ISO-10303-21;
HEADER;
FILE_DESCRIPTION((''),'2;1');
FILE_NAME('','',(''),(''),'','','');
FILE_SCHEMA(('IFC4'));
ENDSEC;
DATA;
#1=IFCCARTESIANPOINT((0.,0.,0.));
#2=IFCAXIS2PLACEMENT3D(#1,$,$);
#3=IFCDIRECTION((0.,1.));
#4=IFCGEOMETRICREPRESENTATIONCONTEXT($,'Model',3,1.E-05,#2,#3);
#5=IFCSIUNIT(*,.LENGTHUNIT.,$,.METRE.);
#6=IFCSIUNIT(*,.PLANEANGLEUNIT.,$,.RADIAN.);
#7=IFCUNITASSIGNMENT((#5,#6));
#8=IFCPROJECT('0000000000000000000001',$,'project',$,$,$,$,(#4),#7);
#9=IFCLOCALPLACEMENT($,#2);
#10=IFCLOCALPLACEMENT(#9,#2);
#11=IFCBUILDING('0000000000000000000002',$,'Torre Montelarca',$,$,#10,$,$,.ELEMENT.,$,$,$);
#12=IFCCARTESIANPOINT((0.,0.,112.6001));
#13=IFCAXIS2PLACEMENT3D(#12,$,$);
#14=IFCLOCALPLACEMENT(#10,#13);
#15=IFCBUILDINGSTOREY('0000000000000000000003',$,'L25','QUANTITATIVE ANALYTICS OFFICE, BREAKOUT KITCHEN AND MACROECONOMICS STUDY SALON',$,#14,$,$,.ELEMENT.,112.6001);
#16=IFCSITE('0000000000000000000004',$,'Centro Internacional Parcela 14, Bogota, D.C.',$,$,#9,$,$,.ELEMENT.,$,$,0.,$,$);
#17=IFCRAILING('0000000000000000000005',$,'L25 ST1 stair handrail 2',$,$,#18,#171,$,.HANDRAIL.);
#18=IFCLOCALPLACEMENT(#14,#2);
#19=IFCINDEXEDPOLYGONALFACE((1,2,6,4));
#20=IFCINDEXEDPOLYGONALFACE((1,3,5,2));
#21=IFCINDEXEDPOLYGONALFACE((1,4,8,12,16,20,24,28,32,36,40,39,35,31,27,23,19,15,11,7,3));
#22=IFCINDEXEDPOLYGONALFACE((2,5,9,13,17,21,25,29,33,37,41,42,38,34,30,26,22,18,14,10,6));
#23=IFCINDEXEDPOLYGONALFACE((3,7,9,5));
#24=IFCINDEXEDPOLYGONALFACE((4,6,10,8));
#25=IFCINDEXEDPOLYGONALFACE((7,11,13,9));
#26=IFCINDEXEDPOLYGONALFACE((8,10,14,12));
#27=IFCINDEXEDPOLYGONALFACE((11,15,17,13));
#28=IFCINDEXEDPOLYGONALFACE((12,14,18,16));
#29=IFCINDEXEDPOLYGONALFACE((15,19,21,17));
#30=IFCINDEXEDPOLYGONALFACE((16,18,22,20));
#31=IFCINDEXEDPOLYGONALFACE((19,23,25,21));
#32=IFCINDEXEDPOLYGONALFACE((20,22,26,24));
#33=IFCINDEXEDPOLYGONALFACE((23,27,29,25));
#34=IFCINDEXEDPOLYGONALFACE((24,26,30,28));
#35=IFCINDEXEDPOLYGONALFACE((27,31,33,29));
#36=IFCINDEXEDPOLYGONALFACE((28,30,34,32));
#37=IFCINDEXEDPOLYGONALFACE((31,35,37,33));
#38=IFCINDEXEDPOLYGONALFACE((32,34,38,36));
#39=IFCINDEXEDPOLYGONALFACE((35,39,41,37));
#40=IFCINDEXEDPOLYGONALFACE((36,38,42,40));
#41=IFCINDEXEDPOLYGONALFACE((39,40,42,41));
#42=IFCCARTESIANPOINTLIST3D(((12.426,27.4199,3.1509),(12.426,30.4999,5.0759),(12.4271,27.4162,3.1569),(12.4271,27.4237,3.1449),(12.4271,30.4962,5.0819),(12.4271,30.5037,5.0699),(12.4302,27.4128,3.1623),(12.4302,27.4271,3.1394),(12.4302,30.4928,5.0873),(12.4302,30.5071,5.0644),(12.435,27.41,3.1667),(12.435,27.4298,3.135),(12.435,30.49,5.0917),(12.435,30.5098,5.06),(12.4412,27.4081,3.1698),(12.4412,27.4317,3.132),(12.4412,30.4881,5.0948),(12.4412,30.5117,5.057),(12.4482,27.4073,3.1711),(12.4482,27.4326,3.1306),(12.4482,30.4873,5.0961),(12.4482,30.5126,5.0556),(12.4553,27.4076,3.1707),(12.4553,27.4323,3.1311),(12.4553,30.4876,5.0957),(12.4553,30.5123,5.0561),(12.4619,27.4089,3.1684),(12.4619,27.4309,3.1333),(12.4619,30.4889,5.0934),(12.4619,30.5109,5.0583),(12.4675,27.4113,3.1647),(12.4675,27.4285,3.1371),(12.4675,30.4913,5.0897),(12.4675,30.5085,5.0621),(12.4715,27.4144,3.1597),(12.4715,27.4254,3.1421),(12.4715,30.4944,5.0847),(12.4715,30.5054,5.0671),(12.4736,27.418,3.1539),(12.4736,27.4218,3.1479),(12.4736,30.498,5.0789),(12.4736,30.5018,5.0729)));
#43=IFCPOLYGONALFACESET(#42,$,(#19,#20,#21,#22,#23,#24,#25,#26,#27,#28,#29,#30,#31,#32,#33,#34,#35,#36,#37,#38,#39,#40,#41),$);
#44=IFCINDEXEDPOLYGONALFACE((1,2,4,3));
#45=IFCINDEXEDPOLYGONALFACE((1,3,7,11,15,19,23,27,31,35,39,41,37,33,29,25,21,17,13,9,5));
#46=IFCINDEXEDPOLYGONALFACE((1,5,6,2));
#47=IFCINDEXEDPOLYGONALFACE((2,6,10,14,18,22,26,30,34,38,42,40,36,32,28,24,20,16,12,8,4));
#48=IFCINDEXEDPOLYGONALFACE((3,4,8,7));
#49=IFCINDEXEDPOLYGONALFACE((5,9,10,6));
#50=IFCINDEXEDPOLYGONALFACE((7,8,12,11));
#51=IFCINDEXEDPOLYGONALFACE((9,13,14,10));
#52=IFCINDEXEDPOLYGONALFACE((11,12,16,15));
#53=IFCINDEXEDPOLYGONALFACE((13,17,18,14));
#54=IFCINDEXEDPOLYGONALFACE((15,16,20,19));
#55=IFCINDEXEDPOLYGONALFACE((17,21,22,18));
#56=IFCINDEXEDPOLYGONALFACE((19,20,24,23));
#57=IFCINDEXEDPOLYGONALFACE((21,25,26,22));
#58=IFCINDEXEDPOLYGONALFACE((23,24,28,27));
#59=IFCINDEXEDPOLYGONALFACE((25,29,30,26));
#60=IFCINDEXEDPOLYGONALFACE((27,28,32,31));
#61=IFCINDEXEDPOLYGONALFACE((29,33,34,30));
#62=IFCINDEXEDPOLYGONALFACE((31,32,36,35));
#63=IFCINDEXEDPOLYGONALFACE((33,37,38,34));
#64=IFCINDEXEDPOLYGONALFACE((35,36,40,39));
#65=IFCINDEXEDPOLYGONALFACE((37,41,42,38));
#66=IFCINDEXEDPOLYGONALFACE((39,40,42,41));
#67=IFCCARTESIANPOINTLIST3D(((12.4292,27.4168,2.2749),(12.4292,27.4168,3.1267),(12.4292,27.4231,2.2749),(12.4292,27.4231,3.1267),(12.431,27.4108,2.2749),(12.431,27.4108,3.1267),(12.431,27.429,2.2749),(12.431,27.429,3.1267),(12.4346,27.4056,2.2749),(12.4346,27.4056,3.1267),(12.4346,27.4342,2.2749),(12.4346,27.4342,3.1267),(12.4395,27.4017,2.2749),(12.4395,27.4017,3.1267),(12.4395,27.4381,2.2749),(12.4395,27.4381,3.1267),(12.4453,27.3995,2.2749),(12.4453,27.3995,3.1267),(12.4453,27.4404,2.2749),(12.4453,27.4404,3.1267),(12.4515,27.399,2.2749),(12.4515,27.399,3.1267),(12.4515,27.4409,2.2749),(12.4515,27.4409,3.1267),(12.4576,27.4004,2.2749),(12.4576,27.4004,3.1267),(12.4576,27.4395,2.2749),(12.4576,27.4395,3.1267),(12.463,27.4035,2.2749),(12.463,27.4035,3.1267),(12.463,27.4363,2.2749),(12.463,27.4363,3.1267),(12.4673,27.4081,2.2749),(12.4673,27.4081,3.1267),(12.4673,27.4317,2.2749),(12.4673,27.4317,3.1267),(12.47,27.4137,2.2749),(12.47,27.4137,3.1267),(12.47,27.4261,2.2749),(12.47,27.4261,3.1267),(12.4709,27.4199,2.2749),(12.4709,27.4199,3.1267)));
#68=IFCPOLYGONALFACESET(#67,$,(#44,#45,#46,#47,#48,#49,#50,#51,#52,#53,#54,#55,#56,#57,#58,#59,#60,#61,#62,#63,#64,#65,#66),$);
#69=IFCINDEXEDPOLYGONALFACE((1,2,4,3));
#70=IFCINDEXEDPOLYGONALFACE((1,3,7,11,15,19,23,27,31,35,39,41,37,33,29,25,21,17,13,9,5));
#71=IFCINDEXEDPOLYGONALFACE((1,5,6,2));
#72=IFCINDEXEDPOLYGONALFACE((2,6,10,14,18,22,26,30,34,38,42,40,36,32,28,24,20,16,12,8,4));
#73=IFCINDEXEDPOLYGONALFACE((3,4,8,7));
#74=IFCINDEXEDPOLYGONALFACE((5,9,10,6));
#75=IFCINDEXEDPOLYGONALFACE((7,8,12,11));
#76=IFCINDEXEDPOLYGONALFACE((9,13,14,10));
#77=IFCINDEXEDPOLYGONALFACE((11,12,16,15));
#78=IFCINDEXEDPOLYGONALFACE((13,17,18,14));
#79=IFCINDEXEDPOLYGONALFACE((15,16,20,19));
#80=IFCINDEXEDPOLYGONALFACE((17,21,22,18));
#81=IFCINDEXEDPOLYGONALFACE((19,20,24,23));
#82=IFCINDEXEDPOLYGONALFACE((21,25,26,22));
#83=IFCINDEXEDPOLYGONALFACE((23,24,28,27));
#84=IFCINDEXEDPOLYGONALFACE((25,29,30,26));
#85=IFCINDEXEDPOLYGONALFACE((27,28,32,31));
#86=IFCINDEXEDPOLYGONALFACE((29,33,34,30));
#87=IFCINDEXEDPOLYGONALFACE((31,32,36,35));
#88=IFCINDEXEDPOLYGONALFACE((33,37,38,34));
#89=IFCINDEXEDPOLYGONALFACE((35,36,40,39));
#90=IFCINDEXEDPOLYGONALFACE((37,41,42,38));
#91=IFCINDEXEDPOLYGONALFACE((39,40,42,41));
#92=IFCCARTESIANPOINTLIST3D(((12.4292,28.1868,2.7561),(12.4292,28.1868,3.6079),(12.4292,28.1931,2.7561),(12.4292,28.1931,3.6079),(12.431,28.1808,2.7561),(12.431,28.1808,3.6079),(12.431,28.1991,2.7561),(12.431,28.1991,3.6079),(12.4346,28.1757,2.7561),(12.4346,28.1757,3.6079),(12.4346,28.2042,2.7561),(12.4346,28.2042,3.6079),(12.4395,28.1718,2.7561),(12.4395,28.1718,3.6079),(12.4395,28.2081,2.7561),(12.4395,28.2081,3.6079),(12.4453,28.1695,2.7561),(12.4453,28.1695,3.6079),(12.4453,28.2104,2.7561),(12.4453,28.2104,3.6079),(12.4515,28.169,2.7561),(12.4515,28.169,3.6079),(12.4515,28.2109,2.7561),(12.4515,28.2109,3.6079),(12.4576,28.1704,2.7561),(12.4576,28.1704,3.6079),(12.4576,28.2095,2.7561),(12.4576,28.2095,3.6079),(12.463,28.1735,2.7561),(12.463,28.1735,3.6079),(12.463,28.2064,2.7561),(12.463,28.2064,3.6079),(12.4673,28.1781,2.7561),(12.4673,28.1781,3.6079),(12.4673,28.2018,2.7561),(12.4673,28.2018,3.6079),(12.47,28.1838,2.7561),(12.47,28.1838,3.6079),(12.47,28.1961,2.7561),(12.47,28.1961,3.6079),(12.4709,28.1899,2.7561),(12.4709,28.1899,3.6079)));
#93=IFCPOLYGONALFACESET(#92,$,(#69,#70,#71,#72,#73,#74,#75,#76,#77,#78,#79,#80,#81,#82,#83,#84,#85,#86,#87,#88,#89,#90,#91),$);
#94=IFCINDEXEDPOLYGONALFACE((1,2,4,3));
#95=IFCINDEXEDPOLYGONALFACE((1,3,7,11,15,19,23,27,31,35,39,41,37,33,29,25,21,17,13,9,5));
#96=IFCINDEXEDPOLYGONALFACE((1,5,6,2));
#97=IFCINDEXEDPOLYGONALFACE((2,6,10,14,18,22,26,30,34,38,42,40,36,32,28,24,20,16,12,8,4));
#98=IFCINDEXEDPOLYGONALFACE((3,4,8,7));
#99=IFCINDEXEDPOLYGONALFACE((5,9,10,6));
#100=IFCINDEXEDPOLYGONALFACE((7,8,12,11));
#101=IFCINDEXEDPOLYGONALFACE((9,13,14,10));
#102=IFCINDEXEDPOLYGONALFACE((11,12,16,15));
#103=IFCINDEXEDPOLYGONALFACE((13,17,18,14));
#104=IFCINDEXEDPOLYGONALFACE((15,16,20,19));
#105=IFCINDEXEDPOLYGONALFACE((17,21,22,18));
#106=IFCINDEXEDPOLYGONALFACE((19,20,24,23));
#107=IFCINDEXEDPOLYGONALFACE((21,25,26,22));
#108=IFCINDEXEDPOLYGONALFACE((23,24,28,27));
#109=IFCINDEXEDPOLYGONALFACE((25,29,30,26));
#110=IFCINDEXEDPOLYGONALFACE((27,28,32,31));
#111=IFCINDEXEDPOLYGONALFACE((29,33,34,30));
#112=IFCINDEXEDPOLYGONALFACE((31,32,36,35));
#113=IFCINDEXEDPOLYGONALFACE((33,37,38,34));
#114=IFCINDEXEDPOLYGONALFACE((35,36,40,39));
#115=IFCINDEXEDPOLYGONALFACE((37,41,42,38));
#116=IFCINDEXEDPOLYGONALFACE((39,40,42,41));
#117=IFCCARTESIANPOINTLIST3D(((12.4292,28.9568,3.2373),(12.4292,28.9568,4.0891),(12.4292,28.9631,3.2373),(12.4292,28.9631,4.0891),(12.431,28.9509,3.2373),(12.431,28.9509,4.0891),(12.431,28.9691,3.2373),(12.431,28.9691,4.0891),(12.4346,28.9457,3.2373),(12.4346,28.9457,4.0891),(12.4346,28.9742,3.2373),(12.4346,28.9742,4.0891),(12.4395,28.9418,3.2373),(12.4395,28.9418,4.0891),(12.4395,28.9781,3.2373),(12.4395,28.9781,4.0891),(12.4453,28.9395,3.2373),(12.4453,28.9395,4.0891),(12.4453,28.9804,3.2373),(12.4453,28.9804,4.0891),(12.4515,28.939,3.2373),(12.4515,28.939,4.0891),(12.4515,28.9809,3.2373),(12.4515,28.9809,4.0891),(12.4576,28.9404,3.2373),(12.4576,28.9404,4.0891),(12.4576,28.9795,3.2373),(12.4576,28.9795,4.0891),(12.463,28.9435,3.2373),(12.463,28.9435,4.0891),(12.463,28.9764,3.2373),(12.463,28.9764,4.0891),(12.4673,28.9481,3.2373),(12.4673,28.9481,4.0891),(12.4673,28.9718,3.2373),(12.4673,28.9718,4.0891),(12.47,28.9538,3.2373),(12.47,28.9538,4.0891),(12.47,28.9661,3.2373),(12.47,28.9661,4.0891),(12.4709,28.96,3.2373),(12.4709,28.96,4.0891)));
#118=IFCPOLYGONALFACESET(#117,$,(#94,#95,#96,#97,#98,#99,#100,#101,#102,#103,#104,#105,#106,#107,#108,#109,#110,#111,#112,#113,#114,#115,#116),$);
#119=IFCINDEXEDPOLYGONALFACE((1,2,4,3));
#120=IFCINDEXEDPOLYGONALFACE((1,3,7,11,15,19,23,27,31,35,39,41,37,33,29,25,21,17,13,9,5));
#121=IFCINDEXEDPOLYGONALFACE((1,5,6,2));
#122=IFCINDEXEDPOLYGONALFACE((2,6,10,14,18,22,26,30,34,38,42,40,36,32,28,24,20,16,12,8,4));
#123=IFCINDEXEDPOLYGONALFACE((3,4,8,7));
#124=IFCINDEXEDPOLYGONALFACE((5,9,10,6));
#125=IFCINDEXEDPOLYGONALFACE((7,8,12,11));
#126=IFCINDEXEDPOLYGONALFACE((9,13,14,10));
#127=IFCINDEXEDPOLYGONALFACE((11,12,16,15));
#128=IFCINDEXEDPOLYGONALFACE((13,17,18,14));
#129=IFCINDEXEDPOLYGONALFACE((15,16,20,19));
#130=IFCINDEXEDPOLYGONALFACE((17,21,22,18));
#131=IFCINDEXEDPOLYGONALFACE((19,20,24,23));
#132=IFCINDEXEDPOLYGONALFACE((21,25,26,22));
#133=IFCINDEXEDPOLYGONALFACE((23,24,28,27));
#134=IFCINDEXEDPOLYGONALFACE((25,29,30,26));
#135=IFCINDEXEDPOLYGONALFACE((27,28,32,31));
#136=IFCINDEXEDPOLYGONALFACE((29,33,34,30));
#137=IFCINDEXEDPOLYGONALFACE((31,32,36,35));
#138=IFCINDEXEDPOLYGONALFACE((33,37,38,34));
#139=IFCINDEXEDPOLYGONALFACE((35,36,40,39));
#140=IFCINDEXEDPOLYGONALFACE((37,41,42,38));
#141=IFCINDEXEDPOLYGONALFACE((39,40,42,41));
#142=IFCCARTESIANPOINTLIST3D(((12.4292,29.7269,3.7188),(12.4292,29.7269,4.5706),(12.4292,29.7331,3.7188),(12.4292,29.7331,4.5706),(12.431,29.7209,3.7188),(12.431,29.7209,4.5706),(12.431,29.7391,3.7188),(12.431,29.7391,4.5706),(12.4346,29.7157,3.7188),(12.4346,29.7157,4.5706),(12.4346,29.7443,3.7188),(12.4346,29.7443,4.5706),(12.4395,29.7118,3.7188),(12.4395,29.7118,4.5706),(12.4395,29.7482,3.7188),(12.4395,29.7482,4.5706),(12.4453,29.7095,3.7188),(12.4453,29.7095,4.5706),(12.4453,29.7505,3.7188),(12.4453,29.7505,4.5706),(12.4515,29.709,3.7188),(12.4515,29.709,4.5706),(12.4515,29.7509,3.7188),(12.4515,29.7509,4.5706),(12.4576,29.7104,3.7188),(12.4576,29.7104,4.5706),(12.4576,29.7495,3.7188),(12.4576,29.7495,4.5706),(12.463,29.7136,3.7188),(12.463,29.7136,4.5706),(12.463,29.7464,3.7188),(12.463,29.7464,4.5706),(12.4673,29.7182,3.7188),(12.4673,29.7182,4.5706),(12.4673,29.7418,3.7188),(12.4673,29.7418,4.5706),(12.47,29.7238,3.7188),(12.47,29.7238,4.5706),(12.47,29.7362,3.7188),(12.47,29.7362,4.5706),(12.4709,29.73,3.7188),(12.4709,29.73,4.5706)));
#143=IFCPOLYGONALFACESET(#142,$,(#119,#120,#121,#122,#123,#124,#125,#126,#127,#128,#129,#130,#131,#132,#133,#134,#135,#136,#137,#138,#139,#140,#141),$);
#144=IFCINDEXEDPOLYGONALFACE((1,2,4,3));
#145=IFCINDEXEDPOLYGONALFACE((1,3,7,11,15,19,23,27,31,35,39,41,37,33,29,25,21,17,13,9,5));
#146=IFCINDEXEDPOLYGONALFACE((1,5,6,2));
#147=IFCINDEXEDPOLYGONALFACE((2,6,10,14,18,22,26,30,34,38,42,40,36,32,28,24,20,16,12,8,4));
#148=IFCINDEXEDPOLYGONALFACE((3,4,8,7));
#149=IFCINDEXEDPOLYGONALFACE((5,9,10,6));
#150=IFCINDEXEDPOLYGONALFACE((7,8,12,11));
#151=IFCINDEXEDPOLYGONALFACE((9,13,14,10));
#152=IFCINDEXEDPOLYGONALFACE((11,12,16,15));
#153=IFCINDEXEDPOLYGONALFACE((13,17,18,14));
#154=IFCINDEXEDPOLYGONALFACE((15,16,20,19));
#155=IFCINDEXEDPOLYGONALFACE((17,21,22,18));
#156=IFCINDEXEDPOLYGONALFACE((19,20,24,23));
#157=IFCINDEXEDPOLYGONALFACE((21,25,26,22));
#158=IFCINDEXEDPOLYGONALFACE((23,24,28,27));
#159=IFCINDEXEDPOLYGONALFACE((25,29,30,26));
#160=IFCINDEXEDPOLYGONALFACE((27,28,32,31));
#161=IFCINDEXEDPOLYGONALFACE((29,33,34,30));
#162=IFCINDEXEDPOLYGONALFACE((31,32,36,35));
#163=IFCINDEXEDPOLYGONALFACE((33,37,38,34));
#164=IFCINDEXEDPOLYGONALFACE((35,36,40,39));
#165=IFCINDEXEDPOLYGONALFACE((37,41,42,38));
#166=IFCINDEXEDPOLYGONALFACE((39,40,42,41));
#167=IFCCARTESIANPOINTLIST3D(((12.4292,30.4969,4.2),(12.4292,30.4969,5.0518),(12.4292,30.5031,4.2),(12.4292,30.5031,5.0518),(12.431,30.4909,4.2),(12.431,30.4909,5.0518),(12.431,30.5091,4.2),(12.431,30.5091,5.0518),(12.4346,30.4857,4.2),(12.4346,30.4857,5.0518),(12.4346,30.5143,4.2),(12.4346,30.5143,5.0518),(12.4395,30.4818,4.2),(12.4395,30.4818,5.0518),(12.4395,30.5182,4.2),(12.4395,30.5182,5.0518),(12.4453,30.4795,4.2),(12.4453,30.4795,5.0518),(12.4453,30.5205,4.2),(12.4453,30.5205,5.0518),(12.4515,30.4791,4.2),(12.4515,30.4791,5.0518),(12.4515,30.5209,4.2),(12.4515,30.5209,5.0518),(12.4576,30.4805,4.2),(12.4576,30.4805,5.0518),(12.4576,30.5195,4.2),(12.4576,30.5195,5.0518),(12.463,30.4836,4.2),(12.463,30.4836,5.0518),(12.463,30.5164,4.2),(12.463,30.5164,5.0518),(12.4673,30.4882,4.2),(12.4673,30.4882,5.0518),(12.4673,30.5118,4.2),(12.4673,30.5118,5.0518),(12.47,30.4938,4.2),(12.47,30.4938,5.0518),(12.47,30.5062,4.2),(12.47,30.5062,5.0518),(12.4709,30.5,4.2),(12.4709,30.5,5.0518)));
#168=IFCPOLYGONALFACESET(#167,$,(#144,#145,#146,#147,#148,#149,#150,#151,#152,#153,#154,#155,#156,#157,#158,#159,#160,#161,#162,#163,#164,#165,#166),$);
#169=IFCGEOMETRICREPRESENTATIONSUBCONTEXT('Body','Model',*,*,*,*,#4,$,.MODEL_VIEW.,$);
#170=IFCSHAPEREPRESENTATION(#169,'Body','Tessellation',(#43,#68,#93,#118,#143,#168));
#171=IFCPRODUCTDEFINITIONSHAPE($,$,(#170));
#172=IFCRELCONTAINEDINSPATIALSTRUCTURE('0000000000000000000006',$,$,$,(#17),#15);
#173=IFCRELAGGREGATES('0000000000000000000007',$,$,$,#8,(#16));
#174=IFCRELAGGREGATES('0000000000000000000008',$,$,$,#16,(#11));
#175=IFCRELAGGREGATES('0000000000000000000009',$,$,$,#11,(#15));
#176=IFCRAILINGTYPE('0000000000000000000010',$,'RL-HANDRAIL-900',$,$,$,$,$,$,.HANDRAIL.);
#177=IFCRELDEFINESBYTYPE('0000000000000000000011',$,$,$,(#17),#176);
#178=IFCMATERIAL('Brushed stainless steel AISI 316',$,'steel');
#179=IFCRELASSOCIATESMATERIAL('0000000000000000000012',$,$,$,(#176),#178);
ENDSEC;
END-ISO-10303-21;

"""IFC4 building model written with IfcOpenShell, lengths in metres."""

from ifc_helpers import new_model, si_unit, direction, frame, origin, origin_2d, place, context, subcontext, project, spatial, circle, extrude, material, type_object, element, save


model = new_model("IFC4")

# Units and contexts
model_context = context("Model", 3, precision=1e-05, world=origin(), true_north=direction((0.0, 1.0)))
body_context = subcontext(model_context, "Body", "Model", "MODEL_VIEW")
ifc_project = project(units=[si_unit("LENGTHUNIT", "METRE"), si_unit("PLANEANGLEUNIT", "RADIAN")], contexts=[model_context])

# Site, building, storey
site_placement = place(None, origin())
site = spatial("IfcSite", under=ifc_project, at=site_placement, Name="Centro Internacional Parcela 14, Bogota, D.C.", CompositionType="ELEMENT", RefElevation=0.0)
building_placement = place(site_placement, origin())
building = spatial("IfcBuilding", under=site, at=building_placement, Name="Torre Montelarca", CompositionType="ELEMENT")
storey_placement = place(building_placement, frame((0.0, 0.0, 112.6001)))
storey = spatial("IfcBuildingStorey", under=building, at=storey_placement, Name="L25", Description="QUANTITATIVE ANALYTICS OFFICE, BREAKOUT KITCHEN AND MACROECONOMICS STUDY SALON", CompositionType="ELEMENT", Elevation=112.6001)

# Shared definitions
ifc_material_1 = material(Name="Brushed stainless steel AISI 316", Category="steel")

# Railing
railing_type_1 = type_object("IfcRailingType", Name="RL-HANDRAIL-900", PredefinedType="HANDRAIL", material=ifc_material_1)
railing_1_placement = place(storey_placement, frame((12.45, 27.4199, 2.2749)))
element("IfcRailing", 1, at=railing_1_placement, inside=storey, type_object=railing_type_1, Name="L25 ST1 stair handrail 2", PredefinedType="HANDRAIL", context=body_context, shape_type="SweptSolid", body=[
    extrude(circle(Radius=0.0239, at=origin_2d()), frame((0.0, 0.0, 0.876), z_axis=(0.0, 0.847998, 0.529999), x_axis=(-1.0, 0.0, 0.0)), (0.0, 0.0, 1.0), 3.6321),
    extrude(circle(Radius=0.021, at=origin_2d()), origin(), (0.0, 0.0, 1.0), 0.8518),
    extrude(circle(Radius=0.021, at=origin_2d()), frame((0.0, 0.77, 0.4812)), (0.0, 0.0, 1.0), 0.8518),
    extrude(circle(Radius=0.021, at=origin_2d()), frame((0.0, 1.54, 0.9624)), (0.0, 0.0, 1.0), 0.8518),
    extrude(circle(Radius=0.021, at=origin_2d()), frame((0.0, 2.3101, 1.4438)), (0.0, 0.0, 1.0), 0.8518),
    extrude(circle(Radius=0.021, at=origin_2d()), frame((0.0, 3.0801, 1.925)), (0.0, 0.0, 1.0), 0.8518),
])

save(model, "model.ifc")
